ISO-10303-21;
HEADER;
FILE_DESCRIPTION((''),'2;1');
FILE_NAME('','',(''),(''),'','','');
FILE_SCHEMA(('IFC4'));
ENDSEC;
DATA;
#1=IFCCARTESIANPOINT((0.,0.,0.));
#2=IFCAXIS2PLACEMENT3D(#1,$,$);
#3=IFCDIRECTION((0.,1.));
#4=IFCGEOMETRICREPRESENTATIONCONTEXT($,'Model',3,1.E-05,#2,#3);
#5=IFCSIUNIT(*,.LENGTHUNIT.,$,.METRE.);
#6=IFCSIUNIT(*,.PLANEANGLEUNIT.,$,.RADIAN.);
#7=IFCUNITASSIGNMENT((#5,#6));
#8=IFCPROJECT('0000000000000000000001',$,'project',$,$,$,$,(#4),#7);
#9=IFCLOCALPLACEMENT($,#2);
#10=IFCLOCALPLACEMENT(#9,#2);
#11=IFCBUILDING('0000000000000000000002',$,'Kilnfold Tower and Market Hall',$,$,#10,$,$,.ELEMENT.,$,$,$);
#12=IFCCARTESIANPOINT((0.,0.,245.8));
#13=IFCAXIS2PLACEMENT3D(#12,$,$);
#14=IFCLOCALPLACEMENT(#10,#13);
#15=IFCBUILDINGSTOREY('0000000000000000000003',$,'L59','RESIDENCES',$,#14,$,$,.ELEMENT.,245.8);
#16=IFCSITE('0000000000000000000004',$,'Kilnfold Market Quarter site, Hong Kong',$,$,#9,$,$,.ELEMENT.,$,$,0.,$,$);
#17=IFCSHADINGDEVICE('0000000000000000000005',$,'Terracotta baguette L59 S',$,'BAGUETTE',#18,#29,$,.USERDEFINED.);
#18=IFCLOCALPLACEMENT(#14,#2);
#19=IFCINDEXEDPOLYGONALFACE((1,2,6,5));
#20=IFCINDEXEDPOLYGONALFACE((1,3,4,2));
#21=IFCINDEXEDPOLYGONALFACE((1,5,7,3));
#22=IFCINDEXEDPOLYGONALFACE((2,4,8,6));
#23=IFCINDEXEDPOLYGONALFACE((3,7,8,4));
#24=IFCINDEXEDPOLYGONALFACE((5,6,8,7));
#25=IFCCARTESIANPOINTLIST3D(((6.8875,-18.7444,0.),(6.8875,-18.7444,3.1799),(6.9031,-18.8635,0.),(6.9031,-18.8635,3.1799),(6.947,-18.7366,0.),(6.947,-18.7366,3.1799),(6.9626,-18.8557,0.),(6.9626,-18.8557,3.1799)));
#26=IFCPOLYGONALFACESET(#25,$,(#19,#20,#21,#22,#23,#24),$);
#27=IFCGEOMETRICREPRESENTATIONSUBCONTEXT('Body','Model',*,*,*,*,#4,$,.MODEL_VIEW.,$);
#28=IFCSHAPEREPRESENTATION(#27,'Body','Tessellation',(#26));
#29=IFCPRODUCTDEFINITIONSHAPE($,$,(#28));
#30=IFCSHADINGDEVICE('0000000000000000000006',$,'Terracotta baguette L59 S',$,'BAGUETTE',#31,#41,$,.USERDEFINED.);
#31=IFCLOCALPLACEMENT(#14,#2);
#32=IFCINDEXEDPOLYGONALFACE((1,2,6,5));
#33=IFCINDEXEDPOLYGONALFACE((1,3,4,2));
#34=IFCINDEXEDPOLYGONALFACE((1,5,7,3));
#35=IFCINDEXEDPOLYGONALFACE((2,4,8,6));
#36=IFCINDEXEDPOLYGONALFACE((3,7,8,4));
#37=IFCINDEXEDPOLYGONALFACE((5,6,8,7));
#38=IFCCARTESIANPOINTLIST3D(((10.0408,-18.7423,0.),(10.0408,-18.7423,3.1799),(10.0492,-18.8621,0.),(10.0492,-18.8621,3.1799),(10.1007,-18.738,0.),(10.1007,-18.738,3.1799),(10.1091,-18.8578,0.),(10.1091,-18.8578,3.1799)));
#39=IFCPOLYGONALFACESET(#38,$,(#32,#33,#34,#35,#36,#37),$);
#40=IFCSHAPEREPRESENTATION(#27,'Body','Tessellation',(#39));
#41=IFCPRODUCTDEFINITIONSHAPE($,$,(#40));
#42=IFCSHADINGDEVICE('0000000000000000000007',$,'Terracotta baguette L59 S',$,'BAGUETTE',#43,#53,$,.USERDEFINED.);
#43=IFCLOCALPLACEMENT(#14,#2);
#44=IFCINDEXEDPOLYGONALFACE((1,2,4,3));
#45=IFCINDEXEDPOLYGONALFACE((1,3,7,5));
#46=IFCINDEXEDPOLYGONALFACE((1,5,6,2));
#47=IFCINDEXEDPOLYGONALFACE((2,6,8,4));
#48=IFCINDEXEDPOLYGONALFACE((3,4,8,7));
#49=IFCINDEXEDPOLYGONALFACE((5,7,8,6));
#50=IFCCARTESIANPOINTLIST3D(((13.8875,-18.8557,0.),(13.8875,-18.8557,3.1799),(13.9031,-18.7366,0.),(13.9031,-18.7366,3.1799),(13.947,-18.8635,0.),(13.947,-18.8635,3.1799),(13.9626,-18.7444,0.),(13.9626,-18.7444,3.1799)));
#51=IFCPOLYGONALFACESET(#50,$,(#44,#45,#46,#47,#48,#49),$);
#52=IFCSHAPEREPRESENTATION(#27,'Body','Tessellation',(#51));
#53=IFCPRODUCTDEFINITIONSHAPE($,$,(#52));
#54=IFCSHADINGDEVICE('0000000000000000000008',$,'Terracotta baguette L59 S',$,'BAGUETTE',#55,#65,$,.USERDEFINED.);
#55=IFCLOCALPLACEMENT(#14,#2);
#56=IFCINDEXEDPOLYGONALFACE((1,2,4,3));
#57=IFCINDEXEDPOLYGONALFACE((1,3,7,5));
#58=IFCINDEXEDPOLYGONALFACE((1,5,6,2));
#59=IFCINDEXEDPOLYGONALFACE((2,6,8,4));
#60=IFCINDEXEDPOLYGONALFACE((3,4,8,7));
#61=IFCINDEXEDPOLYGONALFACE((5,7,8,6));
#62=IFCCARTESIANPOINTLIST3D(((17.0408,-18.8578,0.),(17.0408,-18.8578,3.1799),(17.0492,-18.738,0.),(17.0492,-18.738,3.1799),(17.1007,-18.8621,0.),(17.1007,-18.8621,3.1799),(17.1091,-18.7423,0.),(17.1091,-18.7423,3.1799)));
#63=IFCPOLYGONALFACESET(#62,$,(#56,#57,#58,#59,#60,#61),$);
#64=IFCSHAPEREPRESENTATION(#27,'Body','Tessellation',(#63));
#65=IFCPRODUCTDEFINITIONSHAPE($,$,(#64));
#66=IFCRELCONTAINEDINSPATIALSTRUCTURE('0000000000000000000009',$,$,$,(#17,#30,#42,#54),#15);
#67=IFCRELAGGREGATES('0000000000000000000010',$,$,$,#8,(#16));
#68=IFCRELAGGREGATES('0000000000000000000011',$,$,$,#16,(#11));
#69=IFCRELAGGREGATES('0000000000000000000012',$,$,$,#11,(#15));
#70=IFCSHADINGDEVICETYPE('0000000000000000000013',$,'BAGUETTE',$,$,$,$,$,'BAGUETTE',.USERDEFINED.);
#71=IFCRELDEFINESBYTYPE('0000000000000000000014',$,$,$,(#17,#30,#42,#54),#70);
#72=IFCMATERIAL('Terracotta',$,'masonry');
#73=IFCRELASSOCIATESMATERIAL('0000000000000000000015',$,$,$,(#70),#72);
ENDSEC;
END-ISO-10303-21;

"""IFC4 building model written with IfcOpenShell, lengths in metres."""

from ifc_helpers import new_model, si_unit, direction, frame, origin, origin_2d, place, context, subcontext, project, spatial, rectangle, extrude, source, transform, mapped, material, material_profile, profile_set, type_object, element, save


model = new_model("IFC4")

# Units and contexts
model_context = context("Model", 3, precision=1e-05, world=origin(), true_north=direction((0.0, 1.0)))
body_context = subcontext(model_context, "Body", "Model", "MODEL_VIEW")
ifc_project = project(units=[si_unit("LENGTHUNIT", "METRE"), si_unit("PLANEANGLEUNIT", "RADIAN")], contexts=[model_context])

# Site, building, storey
site_placement = place(None, origin())
site = spatial("IfcSite", under=ifc_project, at=site_placement, Name="Kilnfold Market Quarter site, Hong Kong", CompositionType="ELEMENT", RefElevation=0.0)
building_placement = place(site_placement, origin())
building = spatial("IfcBuilding", under=site, at=building_placement, Name="Kilnfold Tower and Market Hall", CompositionType="ELEMENT")
storey_placement = place(building_placement, frame((0.0, 0.0, 245.8)))
storey = spatial("IfcBuildingStorey", under=building, at=storey_placement, Name="L59", Description="RESIDENCES", CompositionType="ELEMENT", Elevation=245.8)

# Shading devices
ifc_material_1 = material(Name="Terracotta", Category="masonry")
ifc_material_profile_1 = material_profile(ifc_material_1, rectangle(XDim=0.0601, YDim=0.1201, at=origin_2d()), Name="BAG 60x120")
ifc_profile_set_1 = profile_set([ifc_material_profile_1], Name="Terracotta")
shading_device_type = type_object("IfcShadingDeviceType", Name="BAGUETTE", ElementType="BAGUETTE", PredefinedType="USERDEFINED", material=ifc_profile_set_1)
shared_shape_1 = source(origin(), body_context, "Body", "SweptSolid", [
    extrude(rectangle(XDim=0.0601, YDim=0.1201, at=origin_2d()), origin(), (0.0, 0.0, 1.0), 3.1799),
])
for number, where, z_axis, x_axis, name in (
    (1, (6.925, -18.8, 0.0), (0.0, 0.0, 1.0), (0.991564, 0.129616, 0.0), "Terracotta baguette L59 S"),
    (2, (10.075, -18.8, 0.0), (0.0, 0.0, 1.0), (0.997502, 0.070639, 0.0), "Terracotta baguette L59 S"),
    (3, (13.925, -18.8, 0.0), (0.0, 0.0, 1.0), (0.991564, -0.129616, 0.0), "Terracotta baguette L59 S"),
    (4, (17.075, -18.8, 0.0), (0.0, 0.0, 1.0), (0.997502, -0.070639, 0.0), "Terracotta baguette L59 S"),
):
    element("IfcShadingDevice", number, at=place(storey_placement, frame(where, z_axis=z_axis, x_axis=x_axis)), inside=storey, type_object=shading_device_type, Name=name, ObjectType="BAGUETTE", PredefinedType="USERDEFINED", context=body_context, shape_type="MappedRepresentation", body=[
        mapped(shared_shape_1, transform((0.0, 0.0, 0.0))),
    ])

save(model, "model.ifc")
